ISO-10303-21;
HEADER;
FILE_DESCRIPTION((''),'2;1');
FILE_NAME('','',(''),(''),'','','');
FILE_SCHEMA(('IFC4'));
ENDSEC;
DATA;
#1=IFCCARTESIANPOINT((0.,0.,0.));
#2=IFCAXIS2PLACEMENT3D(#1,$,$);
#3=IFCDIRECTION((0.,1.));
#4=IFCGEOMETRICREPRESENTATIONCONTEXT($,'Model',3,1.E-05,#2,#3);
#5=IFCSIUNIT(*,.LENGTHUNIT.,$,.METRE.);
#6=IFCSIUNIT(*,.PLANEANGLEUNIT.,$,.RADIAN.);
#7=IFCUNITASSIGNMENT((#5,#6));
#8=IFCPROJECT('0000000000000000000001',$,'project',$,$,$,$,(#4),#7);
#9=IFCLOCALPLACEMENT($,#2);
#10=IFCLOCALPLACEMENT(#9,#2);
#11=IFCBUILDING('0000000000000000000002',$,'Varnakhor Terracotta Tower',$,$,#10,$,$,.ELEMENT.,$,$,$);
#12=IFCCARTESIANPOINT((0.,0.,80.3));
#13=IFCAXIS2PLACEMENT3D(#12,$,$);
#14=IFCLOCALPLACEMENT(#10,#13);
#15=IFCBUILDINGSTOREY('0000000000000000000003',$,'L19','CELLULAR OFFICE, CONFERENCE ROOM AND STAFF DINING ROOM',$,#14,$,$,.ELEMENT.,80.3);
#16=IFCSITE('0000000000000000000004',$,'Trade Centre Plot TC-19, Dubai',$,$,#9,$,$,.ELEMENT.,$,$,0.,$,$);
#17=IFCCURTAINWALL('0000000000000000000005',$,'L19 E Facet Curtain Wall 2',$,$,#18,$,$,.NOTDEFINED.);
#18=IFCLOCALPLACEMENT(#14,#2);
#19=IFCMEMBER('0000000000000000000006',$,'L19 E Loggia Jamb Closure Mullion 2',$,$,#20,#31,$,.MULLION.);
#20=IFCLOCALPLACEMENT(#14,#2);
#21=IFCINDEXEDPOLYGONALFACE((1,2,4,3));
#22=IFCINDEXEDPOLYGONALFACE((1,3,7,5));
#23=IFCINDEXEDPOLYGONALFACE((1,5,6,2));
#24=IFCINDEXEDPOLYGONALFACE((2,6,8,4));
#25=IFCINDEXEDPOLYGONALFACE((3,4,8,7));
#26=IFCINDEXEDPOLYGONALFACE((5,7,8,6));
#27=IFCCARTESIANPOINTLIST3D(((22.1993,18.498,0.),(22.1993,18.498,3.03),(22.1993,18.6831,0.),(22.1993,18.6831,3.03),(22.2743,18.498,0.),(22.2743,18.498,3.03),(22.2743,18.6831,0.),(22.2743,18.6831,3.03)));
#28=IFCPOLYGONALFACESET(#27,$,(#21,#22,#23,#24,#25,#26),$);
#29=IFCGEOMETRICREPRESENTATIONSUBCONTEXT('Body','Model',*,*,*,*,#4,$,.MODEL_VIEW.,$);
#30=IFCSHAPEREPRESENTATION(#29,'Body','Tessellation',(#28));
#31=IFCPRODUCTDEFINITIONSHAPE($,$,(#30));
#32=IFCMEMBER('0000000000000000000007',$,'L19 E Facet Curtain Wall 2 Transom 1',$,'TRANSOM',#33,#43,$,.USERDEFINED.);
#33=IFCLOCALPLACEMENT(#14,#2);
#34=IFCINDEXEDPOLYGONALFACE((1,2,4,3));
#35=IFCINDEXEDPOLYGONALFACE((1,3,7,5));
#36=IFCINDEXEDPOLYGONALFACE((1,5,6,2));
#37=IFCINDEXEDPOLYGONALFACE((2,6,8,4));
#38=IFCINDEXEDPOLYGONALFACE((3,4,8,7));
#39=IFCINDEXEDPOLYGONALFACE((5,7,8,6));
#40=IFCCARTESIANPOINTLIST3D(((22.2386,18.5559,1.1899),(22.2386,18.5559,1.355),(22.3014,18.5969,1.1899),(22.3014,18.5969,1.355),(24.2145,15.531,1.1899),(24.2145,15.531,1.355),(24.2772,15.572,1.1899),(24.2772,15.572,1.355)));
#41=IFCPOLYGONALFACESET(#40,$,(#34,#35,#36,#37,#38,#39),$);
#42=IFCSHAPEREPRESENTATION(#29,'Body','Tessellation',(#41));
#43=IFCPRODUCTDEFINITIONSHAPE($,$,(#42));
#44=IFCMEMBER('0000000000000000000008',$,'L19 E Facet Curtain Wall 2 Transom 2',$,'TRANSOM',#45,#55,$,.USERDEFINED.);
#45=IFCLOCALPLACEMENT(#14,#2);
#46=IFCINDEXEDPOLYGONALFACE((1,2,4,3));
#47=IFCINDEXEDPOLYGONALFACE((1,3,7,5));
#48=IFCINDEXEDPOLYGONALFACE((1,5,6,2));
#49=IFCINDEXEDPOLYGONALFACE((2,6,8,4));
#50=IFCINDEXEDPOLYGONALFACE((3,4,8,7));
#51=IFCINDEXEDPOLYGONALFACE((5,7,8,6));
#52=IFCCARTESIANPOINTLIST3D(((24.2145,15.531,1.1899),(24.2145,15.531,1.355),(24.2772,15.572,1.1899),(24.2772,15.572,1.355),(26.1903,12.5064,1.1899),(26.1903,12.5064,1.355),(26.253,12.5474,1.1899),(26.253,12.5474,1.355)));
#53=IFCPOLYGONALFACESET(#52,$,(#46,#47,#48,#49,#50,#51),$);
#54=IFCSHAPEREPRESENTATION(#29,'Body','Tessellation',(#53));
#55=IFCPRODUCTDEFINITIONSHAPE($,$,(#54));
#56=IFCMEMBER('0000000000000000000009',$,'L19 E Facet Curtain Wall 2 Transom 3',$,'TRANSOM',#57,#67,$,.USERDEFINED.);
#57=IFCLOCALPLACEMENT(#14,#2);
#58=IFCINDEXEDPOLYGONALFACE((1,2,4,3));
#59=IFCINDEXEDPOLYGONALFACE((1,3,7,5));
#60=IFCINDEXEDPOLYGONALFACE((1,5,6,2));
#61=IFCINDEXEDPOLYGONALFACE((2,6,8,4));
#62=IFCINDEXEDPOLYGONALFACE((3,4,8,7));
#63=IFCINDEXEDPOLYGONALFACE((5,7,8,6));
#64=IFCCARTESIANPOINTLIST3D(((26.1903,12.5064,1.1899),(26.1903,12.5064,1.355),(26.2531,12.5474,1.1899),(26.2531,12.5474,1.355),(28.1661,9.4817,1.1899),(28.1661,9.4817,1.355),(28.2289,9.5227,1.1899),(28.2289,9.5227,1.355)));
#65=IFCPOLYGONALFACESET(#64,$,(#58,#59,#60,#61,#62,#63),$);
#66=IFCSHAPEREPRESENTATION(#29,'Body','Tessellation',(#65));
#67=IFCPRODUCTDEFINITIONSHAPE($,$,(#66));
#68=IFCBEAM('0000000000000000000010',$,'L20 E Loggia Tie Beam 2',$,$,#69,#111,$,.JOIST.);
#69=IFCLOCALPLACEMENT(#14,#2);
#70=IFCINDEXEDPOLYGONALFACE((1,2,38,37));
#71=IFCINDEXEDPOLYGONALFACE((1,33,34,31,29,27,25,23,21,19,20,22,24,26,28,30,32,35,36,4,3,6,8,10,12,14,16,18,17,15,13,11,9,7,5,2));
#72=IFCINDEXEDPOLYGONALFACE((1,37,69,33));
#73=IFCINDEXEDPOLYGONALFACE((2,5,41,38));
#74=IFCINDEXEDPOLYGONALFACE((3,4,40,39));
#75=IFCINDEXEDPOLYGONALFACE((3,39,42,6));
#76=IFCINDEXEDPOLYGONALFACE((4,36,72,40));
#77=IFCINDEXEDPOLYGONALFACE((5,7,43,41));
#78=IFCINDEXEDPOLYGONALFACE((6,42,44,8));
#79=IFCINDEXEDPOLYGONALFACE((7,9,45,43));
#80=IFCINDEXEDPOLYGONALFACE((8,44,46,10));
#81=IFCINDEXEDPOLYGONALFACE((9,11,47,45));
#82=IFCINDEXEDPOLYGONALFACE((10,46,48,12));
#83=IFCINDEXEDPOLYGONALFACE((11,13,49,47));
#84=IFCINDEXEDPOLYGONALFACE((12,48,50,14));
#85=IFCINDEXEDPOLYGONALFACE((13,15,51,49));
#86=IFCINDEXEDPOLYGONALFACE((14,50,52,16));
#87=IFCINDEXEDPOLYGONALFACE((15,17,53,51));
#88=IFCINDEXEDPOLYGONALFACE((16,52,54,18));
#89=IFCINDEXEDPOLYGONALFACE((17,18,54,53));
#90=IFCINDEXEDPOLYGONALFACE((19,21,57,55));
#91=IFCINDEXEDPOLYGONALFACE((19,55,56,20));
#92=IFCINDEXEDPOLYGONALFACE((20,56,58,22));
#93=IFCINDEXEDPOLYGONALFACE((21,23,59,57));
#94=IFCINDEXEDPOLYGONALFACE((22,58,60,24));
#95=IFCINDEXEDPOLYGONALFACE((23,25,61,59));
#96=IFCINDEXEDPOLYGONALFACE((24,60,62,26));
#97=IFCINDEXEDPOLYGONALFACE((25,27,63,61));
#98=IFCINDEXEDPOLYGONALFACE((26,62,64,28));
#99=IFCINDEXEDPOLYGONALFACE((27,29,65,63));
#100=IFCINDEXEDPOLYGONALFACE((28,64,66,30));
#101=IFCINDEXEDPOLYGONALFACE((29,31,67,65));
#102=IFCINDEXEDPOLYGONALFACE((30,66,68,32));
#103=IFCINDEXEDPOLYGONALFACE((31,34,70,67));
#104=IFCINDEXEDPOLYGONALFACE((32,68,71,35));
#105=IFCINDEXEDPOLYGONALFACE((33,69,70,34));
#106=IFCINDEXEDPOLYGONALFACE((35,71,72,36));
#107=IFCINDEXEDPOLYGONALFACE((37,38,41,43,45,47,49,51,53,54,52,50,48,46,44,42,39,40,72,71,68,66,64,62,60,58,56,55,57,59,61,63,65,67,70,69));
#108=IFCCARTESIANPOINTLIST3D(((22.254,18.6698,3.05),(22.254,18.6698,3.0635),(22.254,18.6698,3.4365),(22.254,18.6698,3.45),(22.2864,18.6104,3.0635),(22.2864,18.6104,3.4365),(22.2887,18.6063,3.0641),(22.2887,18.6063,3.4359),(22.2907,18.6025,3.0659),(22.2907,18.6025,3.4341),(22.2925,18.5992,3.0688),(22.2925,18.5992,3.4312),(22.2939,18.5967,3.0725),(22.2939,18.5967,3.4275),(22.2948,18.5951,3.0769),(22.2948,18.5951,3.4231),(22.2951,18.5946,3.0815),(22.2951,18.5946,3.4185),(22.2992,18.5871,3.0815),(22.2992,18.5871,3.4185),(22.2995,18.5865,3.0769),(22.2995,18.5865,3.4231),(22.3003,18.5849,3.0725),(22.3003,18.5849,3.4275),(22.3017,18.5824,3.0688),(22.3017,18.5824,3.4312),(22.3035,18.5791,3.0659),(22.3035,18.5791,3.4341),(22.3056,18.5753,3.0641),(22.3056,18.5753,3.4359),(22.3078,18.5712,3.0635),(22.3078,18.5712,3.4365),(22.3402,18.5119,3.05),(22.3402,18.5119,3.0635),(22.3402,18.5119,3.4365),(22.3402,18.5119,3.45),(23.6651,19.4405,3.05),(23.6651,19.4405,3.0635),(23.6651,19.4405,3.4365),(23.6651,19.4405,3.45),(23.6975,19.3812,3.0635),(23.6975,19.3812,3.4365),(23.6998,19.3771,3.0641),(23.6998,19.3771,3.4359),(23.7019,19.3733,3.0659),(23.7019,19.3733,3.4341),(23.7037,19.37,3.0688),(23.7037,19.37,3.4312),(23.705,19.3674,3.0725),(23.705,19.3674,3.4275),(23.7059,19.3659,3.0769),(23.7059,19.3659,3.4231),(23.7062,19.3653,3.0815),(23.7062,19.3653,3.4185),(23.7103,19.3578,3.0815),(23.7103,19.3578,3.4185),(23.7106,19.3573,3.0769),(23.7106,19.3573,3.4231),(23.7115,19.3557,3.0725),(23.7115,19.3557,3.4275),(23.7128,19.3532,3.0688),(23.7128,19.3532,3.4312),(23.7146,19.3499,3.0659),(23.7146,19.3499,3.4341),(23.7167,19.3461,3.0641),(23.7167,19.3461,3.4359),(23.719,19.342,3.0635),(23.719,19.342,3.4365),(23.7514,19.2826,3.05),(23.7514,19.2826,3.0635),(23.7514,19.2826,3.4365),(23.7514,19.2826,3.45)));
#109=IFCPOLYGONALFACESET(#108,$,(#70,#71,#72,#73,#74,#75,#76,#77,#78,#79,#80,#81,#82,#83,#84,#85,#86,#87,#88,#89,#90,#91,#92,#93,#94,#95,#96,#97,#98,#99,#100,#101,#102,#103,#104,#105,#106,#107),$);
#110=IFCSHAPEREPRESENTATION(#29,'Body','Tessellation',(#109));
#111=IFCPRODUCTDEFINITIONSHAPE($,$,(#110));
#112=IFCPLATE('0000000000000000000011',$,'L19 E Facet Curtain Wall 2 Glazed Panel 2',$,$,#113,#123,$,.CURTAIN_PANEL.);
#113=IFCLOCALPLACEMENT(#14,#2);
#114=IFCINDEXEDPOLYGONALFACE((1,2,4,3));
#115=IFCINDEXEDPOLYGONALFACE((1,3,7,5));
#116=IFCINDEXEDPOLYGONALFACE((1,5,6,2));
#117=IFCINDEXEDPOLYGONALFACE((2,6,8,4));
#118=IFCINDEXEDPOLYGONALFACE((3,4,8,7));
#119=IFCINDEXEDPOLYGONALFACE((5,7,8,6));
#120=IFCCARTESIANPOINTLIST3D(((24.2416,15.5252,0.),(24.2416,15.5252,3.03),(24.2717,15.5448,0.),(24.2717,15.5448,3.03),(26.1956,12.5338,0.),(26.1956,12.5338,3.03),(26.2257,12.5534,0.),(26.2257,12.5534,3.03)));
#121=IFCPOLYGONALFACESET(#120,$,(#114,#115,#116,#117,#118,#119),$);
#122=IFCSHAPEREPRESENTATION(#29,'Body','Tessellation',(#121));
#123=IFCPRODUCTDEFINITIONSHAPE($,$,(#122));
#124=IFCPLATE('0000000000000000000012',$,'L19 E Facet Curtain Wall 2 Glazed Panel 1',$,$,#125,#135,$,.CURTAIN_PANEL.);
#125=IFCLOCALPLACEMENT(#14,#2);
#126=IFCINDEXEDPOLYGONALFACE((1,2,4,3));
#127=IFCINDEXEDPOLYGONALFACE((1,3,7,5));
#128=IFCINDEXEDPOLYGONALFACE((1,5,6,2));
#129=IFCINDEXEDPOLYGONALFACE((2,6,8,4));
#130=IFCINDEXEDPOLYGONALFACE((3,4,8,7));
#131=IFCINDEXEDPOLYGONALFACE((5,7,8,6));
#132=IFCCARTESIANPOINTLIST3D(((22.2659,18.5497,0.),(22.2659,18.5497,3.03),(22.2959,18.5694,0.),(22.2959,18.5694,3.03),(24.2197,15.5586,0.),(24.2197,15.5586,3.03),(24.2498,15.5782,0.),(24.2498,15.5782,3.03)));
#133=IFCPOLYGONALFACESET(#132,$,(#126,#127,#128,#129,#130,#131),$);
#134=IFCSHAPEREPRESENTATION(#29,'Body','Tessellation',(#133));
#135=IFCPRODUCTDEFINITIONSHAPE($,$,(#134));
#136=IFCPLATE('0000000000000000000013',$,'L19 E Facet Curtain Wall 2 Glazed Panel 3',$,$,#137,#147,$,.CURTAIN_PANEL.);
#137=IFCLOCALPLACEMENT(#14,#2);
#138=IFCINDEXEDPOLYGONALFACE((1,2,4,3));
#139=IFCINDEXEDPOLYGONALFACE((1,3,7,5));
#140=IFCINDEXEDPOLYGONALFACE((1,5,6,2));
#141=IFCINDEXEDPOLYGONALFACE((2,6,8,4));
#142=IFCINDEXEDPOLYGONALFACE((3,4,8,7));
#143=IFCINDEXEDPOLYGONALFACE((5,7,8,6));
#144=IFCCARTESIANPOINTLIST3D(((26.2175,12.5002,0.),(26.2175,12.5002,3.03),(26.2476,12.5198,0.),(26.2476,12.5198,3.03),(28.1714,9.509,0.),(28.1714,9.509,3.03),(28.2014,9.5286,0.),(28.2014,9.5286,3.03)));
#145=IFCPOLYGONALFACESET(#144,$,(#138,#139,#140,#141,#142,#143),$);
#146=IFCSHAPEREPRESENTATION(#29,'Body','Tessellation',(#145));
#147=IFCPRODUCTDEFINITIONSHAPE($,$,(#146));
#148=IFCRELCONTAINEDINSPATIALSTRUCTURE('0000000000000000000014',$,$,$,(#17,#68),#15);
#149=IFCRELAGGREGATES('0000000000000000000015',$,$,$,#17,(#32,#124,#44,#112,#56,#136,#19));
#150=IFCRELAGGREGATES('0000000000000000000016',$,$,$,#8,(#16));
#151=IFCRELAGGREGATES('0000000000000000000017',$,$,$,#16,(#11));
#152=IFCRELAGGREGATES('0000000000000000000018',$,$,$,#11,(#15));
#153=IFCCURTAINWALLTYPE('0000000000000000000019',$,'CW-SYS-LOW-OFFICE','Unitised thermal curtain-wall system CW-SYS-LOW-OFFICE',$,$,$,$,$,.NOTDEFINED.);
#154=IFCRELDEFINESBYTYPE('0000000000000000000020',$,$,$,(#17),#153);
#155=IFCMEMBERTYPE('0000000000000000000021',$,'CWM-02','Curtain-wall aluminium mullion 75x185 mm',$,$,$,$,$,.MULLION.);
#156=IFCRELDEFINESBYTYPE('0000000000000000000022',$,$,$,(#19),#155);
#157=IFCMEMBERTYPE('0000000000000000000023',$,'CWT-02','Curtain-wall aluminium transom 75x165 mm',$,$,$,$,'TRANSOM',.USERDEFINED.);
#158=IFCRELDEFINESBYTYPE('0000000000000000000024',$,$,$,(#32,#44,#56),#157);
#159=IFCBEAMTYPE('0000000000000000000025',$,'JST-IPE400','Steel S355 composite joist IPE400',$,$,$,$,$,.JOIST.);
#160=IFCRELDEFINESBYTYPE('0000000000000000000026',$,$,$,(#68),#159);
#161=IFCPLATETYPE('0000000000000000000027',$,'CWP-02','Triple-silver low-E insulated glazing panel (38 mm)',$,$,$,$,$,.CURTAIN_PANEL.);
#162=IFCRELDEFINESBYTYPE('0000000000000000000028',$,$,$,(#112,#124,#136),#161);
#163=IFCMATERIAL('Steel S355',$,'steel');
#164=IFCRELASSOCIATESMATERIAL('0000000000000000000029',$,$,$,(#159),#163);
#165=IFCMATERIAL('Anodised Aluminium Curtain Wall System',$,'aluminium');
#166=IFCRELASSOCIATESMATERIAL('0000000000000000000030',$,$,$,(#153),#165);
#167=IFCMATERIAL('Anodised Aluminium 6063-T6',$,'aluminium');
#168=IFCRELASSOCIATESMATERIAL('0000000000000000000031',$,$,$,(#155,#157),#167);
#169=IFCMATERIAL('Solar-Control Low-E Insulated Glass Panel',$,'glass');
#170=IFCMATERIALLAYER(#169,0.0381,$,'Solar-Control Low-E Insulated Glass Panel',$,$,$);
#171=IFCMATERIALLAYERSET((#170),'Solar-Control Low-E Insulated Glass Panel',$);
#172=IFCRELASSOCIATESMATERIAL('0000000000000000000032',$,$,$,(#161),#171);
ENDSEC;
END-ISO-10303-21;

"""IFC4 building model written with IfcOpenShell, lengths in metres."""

from ifc_helpers import new_model, si_unit, direction, frame, origin, origin_2d, place, context, subcontext, project, spatial, rectangle, i_section, extrude, source, transform, mapped, material, layer, layer_set, material_profile, profile_set, type_object, type_shapes, element, aggregate, save


model = new_model("IFC4")

# Units and contexts
model_context = context("Model", 3, precision=1e-05, world=origin(), true_north=direction((0.0, 1.0)))
body_context = subcontext(model_context, "Body", "Model", "MODEL_VIEW")
ifc_project = project(units=[si_unit("LENGTHUNIT", "METRE"), si_unit("PLANEANGLEUNIT", "RADIAN")], contexts=[model_context])

# Site, building, storey
site_placement = place(None, origin())
site = spatial("IfcSite", under=ifc_project, at=site_placement, Name="Trade Centre Plot TC-19, Dubai", CompositionType="ELEMENT", RefElevation=0.0)
building_placement = place(site_placement, origin())
building = spatial("IfcBuilding", under=site, at=building_placement, Name="Varnakhor Terracotta Tower", CompositionType="ELEMENT")
storey_placement = place(building_placement, frame((0.0, 0.0, 80.3)))
storey = spatial("IfcBuildingStorey", under=building, at=storey_placement, Name="L19", Description="CELLULAR OFFICE, CONFERENCE ROOM AND STAFF DINING ROOM", CompositionType="ELEMENT", Elevation=80.3)

# Shared definitions
ifc_material_1 = material(Name="Steel S355", Category="steel")
ifc_material_profile_1 = material_profile(ifc_material_1, i_section(OverallWidth=0.1799, OverallDepth=0.3999, WebThickness=0.0085, FlangeThickness=0.0134, FilletRadius=0.0181, at=origin_2d()), Name="IPE400")
ifc_profile_set_1 = profile_set([ifc_material_profile_1], Name="Steel S355")
beam_type_1 = type_object("IfcBeamType", Name="JST-IPE400", Description="Steel S355 composite joist IPE400", PredefinedType="JOIST", material=ifc_profile_set_1)

# Curtain wall, members
ifc_material_2 = material(Name="Anodised Aluminium Curtain Wall System", Category="aluminium")
curtain_wall_type = type_object("IfcCurtainWallType", Name="CW-SYS-LOW-OFFICE", Description="Unitised thermal curtain-wall system CW-SYS-LOW-OFFICE", PredefinedType="NOTDEFINED", material=ifc_material_2)
curtain_wall_placement = place(storey_placement, origin())
curtain_wall = element("IfcCurtainWall", 1, at=curtain_wall_placement, inside=storey, type_object=curtain_wall_type, Name="L19 E Facet Curtain Wall 2", PredefinedType="NOTDEFINED")
ifc_material_3 = material(Name="Anodised Aluminium 6063-T6", Category="aluminium")
ifc_material_profile_2 = material_profile(ifc_material_3, rectangle(XDim=0.075, YDim=0.1851, at=origin_2d()), Name="ALU MULLION 75x185")
ifc_profile_set_2 = profile_set([ifc_material_profile_2], Name="Anodised Aluminium 6063-T6")
member_type_1 = type_object("IfcMemberType", Name="CWM-02", Description="Curtain-wall aluminium mullion 75x185 mm", PredefinedType="MULLION", material=ifc_profile_set_2)
shared_shape_1 = source(origin(), body_context, "Body", "SweptSolid", [
    extrude(rectangle(XDim=0.075, YDim=0.1851, at=origin_2d()), origin(), (0.0, 0.0, 1.0), 3.03),
])
type_shapes(member_type_1, [shared_shape_1])
member_1_placement = place(storey_placement, frame((22.2368, 18.5906, 0.0), z_axis=(0.0, 0.0, 1.0), x_axis=(1.0, 0.0, 0.0)))
member_1 = element("IfcMember", 2, at=member_1_placement, type_object=member_type_1, Name="L19 E Loggia Jamb Closure Mullion 2", PredefinedType="MULLION", context=body_context, shape_type="MappedRepresentation", body=[
    mapped(shared_shape_1, transform((0.0, 0.0, 0.0), scale=1.0)),
])
ifc_material_profile_3 = material_profile(ifc_material_3, rectangle(XDim=0.075, YDim=0.165, at=origin_2d()), Name="ALU TRANSOM 75x165")
ifc_profile_set_3 = profile_set([ifc_material_profile_3], Name="Anodised Aluminium 6063-T6")
member_type_2 = type_object("IfcMemberType", Name="CWT-02", Description="Curtain-wall aluminium transom 75x165 mm", ElementType="TRANSOM", PredefinedType="USERDEFINED", material=ifc_profile_set_3)
shared_shape_2 = source(origin(), body_context, "Body", "SweptSolid", [
    extrude(rectangle(XDim=0.075, YDim=0.165, at=origin_2d()), origin(), (0.0, 0.0, 1.0), 3.613),
])
member_2_placement = place(storey_placement, frame((22.27, 18.5764, 1.2725), z_axis=(0.546863, -0.837222, 0.0), x_axis=(0.837222, 0.546863, 0.0)))
member_2 = element("IfcMember", 3, at=member_2_placement, type_object=member_type_2, Name="L19 E Facet Curtain Wall 2 Transom 1", ObjectType="TRANSOM", PredefinedType="USERDEFINED", context=body_context, shape_type="MappedRepresentation", body=[
    mapped(shared_shape_2, transform((0.0, 0.0, 0.0), scale=1.0)),
])
shared_shape_3 = source(origin(), body_context, "Body", "SweptSolid", [
    extrude(rectangle(XDim=0.075, YDim=0.165, at=origin_2d()), origin(), (0.0, 0.0, 1.0), 3.6128),
])
member_3_placement = place(storey_placement, frame((24.2458, 15.5515, 1.2725), z_axis=(0.546894, -0.837202, 0.0), x_axis=(0.837202, 0.546894, 0.0)))
member_3 = element("IfcMember", 4, at=member_3_placement, type_object=member_type_2, Name="L19 E Facet Curtain Wall 2 Transom 2", ObjectType="TRANSOM", PredefinedType="USERDEFINED", context=body_context, shape_type="MappedRepresentation", body=[
    mapped(shared_shape_3, transform((0.0, 0.0, 0.0), scale=1.0)),
])
member_4_placement = place(storey_placement, frame((26.2217, 12.5269, 1.2725), z_axis=(0.546894, -0.837202, 0.0), x_axis=(0.837202, 0.546894, 0.0)))
member_4 = element("IfcMember", 5, at=member_4_placement, type_object=member_type_2, Name="L19 E Facet Curtain Wall 2 Transom 3", ObjectType="TRANSOM", PredefinedType="USERDEFINED", context=body_context, shape_type="MappedRepresentation", body=[
    mapped(shared_shape_3, transform((0.0, 0.0, 0.0), scale=1.0)),
])

# Beam
shared_shape_4 = source(origin(), body_context, "Body", "SweptSolid", [
    extrude(i_section(OverallWidth=0.1799, OverallDepth=0.3999, WebThickness=0.0085, FlangeThickness=0.0134, FilletRadius=0.0181, at=origin_2d()), origin(), (0.0, 0.0, 1.0), 1.6079),
])
beam_1_placement = place(storey_placement, frame((22.2971, 18.5908, 3.25), z_axis=(0.877623, 0.479352, 0.0), x_axis=(-0.479352, 0.877623, 0.0)))
element("IfcBeam", 6, at=beam_1_placement, inside=storey, type_object=beam_type_1, Name="L20 E Loggia Tie Beam 2", PredefinedType="JOIST", context=body_context, shape_type="MappedRepresentation", body=[
    mapped(shared_shape_4, transform((0.0, 0.0, 0.0), scale=1.0)),
])

# Plates
ifc_material_4 = material(Name="Solar-Control Low-E Insulated Glass Panel", Category="glass")
ifc_layer_1 = layer(ifc_material_4, 0.0381, Name="Solar-Control Low-E Insulated Glass Panel")
ifc_layer_set_1 = layer_set([ifc_layer_1], Name="Solar-Control Low-E Insulated Glass Panel")
plate_type = type_object("IfcPlateType", Name="CWP-02", Description="Triple-silver low-E insulated glazing panel (38 mm)", PredefinedType="CURTAIN_PANEL", material=ifc_layer_set_1)
shared_shape_5 = source(origin(), body_context, "Body", "SweptSolid", [
    extrude(rectangle(XDim=3.573, YDim=0.0359, at=origin_2d()), origin(), (0.0, 0.0, 1.0), 3.03),
])
plate_1_placement = place(storey_placement, frame((25.2336, 14.0393, 0.0), z_axis=(0.0, 0.0, 1.0), x_axis=(0.546877, -0.837213, 0.0)))
plate_1 = element("IfcPlate", 7, at=plate_1_placement, type_object=plate_type, Name="L19 E Facet Curtain Wall 2 Glazed Panel 2", PredefinedType="CURTAIN_PANEL", context=body_context, shape_type="MappedRepresentation", body=[
    mapped(shared_shape_5, transform((0.0, 0.0, 0.0), scale=1.0)),
])
shared_shape_6 = source(origin(), body_context, "Body", "SweptSolid", [
    extrude(rectangle(XDim=3.5728, YDim=0.0359, at=origin_2d()), origin(), (0.0, 0.0, 1.0), 3.03),
])
plate_2_placement = place(storey_placement, frame((23.2578, 17.064, 0.0), z_axis=(0.0, 0.0, 1.0), x_axis=(0.546877, -0.837213, 0.0)))
plate_2 = element("IfcPlate", 8, at=plate_2_placement, type_object=plate_type, Name="L19 E Facet Curtain Wall 2 Glazed Panel 1", PredefinedType="CURTAIN_PANEL", context=body_context, shape_type="MappedRepresentation", body=[
    mapped(shared_shape_6, transform((0.0, 0.0, 0.0), scale=1.0)),
])
plate_3_placement = place(storey_placement, frame((27.2095, 11.0144, 0.0), z_axis=(0.0, 0.0, 1.0), x_axis=(0.546877, -0.837213, 0.0)))
plate_3 = element("IfcPlate", 9, at=plate_3_placement, type_object=plate_type, Name="L19 E Facet Curtain Wall 2 Glazed Panel 3", PredefinedType="CURTAIN_PANEL", context=body_context, shape_type="MappedRepresentation", body=[
    mapped(shared_shape_6, transform((0.0, 0.0, 0.0), scale=1.0)),
])
aggregate(curtain_wall, [member_2, plate_2, member_3, plate_1, member_4, plate_3, member_1])

save(model, "model.ifc")
